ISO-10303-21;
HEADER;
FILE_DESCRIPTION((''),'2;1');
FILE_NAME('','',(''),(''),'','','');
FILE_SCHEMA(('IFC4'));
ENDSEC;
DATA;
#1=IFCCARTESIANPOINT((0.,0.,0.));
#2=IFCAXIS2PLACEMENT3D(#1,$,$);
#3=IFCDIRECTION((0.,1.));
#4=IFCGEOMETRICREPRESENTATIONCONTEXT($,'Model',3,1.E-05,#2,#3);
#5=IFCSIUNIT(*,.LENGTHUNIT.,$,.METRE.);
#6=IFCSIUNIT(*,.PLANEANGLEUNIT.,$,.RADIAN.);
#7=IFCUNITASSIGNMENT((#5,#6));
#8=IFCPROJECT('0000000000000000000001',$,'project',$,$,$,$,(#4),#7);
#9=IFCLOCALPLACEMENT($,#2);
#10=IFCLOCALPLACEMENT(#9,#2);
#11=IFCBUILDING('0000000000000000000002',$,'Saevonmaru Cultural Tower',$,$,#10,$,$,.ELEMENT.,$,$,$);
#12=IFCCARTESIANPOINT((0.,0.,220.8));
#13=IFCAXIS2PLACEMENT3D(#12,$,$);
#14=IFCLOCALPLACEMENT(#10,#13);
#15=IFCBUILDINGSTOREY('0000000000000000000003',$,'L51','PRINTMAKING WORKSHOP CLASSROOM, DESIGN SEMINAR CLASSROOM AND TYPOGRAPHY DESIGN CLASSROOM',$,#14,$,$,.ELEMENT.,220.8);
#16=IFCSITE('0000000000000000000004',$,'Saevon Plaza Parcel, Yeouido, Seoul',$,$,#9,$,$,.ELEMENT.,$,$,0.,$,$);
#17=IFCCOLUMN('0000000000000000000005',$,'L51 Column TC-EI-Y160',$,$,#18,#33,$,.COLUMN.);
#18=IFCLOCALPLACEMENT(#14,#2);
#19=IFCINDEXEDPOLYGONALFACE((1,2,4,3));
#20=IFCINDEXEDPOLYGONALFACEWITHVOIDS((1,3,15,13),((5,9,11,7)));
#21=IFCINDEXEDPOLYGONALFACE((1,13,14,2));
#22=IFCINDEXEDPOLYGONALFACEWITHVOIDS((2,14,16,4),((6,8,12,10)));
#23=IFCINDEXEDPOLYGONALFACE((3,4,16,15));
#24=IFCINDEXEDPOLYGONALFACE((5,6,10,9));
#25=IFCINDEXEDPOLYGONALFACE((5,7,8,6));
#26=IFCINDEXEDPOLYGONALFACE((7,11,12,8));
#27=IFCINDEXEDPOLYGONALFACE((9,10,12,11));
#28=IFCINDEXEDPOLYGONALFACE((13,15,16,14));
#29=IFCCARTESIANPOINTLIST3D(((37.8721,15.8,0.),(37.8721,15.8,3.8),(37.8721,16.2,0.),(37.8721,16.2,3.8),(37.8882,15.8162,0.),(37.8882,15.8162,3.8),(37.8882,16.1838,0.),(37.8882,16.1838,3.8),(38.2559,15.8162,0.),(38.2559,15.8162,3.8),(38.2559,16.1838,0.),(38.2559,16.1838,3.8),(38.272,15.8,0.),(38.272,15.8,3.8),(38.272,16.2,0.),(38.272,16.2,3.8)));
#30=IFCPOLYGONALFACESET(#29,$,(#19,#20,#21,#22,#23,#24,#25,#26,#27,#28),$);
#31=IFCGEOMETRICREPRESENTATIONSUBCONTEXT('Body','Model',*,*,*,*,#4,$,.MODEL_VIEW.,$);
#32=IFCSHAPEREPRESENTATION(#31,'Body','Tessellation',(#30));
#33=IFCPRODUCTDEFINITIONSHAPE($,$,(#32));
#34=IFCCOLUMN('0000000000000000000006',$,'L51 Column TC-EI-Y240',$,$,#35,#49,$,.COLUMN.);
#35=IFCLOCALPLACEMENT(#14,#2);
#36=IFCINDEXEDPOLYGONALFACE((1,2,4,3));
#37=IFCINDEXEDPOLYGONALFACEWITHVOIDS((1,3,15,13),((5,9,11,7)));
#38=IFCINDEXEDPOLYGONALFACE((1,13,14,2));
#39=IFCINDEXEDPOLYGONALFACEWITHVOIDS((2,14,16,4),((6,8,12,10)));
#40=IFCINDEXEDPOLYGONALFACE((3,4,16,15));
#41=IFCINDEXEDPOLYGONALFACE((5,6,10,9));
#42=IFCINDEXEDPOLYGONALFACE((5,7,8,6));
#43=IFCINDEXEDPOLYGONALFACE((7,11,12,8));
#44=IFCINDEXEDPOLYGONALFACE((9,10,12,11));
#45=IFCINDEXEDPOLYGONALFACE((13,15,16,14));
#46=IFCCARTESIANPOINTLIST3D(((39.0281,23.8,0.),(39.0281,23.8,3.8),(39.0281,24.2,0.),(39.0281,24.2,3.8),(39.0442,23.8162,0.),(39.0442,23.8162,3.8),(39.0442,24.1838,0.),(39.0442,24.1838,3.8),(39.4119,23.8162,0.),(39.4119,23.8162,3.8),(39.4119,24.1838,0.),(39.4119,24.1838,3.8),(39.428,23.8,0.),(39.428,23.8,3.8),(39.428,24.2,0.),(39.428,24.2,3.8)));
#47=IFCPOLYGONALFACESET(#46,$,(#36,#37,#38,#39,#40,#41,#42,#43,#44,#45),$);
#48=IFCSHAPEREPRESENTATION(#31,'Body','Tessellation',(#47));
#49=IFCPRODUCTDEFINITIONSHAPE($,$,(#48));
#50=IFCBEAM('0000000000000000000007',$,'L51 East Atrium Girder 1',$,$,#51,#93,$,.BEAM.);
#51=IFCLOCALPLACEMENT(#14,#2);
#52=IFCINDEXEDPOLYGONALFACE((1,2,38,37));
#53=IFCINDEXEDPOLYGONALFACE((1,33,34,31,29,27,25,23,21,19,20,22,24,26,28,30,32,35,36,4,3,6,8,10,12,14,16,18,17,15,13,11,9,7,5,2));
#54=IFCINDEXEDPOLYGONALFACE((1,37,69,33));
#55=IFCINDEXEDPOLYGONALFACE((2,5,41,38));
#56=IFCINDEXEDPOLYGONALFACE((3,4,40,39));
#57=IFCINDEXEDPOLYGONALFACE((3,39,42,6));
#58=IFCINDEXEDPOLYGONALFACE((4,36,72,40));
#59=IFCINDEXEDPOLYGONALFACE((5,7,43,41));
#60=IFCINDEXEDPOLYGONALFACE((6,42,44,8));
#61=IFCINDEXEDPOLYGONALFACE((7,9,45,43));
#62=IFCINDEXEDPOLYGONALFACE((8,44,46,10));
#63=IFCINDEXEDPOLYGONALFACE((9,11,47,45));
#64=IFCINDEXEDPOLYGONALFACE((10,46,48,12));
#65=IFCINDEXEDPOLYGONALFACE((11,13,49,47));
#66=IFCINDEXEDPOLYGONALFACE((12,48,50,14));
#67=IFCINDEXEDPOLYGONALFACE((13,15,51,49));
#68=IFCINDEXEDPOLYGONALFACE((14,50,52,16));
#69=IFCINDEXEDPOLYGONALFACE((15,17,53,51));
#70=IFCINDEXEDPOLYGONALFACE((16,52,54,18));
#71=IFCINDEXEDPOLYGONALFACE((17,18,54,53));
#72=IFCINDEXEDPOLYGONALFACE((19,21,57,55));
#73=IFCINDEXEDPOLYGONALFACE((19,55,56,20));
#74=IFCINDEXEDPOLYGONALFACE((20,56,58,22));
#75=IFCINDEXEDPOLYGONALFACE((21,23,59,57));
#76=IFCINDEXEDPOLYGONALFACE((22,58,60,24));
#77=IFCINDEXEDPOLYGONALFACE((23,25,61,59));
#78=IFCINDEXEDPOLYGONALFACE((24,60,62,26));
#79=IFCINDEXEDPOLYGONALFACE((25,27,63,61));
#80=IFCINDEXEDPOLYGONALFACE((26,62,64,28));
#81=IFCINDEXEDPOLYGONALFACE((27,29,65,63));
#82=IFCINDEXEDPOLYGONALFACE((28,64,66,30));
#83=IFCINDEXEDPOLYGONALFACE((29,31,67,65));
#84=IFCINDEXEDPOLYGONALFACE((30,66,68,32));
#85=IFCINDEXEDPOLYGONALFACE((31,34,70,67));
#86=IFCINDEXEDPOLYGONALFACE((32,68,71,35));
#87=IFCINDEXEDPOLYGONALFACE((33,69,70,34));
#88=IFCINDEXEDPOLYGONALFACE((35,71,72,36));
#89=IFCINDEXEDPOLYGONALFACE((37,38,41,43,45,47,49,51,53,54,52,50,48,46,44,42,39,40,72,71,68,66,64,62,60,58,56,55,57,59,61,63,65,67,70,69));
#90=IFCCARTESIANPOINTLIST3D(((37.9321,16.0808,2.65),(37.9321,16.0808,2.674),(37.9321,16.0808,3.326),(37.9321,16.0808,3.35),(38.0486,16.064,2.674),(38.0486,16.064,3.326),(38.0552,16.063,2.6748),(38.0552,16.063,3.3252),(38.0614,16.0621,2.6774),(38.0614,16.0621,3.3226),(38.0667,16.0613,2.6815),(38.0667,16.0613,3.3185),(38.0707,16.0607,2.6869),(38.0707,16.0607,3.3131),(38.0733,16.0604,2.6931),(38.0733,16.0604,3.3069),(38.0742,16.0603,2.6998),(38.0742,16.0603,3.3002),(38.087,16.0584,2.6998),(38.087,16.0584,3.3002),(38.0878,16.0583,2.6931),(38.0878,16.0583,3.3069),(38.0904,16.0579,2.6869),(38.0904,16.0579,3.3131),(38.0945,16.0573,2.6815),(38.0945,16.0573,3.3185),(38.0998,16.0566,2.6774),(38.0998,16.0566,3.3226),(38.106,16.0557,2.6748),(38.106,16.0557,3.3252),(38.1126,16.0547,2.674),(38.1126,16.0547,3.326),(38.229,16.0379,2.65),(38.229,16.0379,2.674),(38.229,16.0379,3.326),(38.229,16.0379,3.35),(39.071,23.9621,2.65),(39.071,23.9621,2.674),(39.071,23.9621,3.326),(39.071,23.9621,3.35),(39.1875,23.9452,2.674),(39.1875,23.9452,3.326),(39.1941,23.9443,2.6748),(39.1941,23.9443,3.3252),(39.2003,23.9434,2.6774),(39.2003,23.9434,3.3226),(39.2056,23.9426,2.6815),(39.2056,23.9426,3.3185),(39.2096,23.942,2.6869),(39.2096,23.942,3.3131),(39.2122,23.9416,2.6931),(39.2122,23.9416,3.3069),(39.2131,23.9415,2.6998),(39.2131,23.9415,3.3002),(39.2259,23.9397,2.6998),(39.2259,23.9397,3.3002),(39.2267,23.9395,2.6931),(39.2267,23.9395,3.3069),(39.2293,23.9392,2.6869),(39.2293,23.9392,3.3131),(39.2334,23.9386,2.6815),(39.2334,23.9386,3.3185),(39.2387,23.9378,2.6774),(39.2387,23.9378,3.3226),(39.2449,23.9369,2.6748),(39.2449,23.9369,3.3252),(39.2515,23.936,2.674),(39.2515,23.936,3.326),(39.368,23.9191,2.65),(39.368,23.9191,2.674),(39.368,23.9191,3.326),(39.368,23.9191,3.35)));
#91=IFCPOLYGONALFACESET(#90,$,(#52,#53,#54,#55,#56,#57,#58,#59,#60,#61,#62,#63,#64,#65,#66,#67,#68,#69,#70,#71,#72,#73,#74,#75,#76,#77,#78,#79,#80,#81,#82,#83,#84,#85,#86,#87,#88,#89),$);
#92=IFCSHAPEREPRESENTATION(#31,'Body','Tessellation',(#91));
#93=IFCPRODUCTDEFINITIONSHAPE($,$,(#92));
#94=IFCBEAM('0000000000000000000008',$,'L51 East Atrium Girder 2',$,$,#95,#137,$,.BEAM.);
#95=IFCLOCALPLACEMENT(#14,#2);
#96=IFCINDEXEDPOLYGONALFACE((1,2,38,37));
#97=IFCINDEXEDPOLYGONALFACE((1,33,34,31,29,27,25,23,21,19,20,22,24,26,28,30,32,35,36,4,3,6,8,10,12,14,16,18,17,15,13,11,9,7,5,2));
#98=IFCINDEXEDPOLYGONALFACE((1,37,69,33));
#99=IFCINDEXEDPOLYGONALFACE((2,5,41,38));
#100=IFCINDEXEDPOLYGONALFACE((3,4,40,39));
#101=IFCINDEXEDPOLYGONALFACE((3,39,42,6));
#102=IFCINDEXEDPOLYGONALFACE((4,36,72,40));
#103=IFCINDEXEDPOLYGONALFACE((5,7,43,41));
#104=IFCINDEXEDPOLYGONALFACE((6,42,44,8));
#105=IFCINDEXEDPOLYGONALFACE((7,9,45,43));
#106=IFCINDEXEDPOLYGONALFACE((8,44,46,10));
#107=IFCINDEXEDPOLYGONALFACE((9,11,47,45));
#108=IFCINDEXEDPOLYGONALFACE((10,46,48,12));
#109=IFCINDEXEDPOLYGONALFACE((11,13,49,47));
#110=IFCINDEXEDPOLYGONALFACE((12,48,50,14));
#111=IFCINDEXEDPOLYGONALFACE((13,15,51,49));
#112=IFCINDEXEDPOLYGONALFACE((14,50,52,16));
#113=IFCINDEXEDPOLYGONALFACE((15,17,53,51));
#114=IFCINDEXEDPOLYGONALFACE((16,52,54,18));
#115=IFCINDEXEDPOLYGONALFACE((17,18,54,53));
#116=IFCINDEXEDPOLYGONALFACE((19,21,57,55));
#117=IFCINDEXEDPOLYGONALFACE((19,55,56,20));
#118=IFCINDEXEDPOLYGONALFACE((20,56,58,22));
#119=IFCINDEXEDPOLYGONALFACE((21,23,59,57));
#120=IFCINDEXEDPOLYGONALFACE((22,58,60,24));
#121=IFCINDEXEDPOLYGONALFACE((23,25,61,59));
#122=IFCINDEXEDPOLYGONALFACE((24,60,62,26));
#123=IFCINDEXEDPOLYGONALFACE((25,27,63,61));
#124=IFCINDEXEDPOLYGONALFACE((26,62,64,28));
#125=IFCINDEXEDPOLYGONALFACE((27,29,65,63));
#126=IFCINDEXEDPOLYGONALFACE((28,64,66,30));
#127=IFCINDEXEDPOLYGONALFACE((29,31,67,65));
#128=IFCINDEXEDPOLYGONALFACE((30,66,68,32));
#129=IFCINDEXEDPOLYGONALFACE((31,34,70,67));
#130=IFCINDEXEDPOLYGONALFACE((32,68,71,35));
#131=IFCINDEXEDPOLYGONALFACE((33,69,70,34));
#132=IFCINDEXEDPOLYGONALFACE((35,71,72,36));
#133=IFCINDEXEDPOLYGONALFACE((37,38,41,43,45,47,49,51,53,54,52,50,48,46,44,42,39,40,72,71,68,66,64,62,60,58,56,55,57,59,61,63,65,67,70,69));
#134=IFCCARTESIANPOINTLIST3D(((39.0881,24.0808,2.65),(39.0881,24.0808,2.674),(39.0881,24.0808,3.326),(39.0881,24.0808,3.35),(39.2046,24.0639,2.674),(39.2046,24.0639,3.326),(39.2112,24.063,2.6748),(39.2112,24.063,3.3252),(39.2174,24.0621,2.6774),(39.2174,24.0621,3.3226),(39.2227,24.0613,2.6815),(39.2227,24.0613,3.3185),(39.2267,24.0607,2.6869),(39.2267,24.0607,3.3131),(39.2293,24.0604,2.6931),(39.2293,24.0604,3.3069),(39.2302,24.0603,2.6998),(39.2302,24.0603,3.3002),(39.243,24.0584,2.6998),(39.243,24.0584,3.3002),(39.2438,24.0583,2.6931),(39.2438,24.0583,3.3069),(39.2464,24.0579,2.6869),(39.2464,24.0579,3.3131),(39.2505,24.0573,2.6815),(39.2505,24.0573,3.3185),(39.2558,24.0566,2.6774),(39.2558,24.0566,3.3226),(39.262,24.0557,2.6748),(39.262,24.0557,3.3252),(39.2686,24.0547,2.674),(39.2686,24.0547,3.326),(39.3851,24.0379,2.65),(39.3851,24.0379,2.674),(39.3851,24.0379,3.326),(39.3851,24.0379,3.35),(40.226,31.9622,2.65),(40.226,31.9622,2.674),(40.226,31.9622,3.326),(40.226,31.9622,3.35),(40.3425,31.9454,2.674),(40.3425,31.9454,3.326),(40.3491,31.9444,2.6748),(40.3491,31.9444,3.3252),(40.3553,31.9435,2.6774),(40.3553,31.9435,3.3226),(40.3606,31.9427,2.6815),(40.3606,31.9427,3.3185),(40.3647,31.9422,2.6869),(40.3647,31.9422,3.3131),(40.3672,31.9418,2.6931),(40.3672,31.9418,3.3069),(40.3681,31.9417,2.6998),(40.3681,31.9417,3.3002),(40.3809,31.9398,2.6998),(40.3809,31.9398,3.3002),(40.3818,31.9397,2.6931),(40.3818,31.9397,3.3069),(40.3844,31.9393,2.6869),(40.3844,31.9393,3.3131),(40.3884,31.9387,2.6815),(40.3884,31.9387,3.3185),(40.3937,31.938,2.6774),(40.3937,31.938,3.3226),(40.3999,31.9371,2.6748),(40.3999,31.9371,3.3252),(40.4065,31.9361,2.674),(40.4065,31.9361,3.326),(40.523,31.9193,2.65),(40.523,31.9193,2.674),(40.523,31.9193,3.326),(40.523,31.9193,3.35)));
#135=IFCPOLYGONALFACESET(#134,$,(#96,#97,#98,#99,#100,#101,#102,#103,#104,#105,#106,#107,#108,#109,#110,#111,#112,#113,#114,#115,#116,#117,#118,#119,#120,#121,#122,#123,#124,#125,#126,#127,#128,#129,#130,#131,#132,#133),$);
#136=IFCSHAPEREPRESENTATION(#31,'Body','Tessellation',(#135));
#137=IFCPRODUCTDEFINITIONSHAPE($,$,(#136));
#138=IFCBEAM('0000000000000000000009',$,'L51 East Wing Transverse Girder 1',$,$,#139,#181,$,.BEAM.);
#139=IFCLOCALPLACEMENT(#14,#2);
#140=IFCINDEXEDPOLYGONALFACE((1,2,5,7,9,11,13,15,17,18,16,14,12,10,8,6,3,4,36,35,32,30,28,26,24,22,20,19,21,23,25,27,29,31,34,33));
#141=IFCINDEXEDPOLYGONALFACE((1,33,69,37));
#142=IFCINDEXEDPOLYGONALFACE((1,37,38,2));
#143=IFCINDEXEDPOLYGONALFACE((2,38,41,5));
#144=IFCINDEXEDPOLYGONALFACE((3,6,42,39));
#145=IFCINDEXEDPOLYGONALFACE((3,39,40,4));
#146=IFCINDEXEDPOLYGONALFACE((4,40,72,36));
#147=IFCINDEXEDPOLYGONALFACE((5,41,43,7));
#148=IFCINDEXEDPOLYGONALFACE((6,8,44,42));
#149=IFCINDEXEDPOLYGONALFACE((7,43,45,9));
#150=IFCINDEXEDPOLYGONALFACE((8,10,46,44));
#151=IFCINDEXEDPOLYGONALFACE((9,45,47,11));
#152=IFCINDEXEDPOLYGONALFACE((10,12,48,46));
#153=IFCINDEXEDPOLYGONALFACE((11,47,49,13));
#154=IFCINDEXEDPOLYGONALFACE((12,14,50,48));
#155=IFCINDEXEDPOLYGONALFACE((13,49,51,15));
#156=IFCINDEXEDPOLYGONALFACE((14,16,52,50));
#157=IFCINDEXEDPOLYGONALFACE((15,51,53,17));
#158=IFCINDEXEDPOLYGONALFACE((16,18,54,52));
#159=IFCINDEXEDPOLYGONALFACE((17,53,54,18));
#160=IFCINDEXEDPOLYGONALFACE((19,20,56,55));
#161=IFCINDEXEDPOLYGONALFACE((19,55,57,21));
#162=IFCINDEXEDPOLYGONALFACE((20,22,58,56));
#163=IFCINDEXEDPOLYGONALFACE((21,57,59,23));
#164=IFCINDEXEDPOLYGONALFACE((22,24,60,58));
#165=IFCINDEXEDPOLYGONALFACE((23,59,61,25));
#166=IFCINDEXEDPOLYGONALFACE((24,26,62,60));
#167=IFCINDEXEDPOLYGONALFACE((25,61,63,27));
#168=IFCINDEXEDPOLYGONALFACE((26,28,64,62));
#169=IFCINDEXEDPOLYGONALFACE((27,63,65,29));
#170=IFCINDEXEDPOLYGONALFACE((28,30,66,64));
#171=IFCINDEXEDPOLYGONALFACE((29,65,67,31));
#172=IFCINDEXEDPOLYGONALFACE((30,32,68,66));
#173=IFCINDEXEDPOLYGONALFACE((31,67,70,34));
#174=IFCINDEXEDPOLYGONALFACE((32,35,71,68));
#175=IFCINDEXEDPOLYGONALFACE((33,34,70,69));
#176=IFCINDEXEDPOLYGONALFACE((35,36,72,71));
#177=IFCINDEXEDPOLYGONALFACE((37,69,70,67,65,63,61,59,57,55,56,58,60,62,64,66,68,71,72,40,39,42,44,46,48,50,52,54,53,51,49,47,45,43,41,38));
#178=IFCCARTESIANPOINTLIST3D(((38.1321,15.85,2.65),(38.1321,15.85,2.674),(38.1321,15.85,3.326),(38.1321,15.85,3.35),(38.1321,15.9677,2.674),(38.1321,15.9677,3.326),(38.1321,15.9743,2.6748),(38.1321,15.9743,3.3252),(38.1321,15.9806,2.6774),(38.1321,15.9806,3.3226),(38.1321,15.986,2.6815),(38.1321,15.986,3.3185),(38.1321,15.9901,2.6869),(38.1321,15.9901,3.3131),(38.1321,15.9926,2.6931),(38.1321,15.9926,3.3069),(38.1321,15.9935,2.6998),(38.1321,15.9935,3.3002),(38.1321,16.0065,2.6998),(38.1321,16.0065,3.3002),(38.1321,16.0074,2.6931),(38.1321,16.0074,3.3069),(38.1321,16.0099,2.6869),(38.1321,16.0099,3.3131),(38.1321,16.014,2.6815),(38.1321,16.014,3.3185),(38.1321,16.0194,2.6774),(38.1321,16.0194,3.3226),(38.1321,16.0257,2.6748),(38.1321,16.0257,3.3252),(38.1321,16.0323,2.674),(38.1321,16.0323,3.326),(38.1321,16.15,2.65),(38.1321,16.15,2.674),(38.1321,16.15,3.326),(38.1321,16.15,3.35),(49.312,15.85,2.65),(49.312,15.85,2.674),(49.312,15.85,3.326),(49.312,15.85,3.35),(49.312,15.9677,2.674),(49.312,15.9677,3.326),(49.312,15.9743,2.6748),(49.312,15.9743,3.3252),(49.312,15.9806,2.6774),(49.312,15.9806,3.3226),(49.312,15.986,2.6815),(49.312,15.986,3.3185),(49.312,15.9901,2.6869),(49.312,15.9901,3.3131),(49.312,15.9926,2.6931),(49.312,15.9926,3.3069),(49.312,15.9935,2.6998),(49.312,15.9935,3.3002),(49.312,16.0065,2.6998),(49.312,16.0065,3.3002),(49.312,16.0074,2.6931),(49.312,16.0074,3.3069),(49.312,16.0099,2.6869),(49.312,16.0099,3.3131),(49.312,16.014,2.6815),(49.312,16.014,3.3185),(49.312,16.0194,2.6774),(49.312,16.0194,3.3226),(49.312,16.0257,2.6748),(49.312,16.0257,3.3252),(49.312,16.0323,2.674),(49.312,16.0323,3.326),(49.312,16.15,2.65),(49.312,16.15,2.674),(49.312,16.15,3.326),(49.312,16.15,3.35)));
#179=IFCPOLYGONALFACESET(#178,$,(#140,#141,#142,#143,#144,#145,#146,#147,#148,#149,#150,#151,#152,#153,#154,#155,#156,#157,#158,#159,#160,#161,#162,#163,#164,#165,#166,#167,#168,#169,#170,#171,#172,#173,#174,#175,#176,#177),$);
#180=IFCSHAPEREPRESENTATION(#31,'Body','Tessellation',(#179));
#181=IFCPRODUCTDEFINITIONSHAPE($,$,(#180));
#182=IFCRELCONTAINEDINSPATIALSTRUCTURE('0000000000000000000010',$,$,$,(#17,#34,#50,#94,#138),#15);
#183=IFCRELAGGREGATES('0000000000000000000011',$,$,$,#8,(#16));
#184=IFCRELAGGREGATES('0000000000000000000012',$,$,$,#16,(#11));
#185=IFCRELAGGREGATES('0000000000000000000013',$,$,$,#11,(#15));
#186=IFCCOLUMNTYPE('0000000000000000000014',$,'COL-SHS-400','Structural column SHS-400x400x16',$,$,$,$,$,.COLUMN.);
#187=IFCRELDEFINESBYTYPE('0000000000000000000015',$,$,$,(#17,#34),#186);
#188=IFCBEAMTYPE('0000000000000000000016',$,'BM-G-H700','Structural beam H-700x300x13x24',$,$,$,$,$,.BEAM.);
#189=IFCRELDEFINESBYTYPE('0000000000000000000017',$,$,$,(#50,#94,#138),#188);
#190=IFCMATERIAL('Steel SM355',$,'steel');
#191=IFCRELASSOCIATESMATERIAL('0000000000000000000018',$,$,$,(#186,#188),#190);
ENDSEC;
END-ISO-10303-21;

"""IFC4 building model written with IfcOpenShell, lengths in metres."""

from ifc_helpers import new_model, si_unit, direction, frame, origin, origin_2d, place, context, subcontext, project, spatial, hollow_rectangle, i_section, extrude, material, material_profile, profile_set, type_object, element, save


model = new_model("IFC4")

# Units and contexts
model_context = context("Model", 3, precision=1e-05, world=origin(), true_north=direction((0.0, 1.0)))
body_context = subcontext(model_context, "Body", "Model", "MODEL_VIEW")
ifc_project = project(units=[si_unit("LENGTHUNIT", "METRE"), si_unit("PLANEANGLEUNIT", "RADIAN")], contexts=[model_context])

# Site, building, storey
site_placement = place(None, origin())
site = spatial("IfcSite", under=ifc_project, at=site_placement, Name="Saevon Plaza Parcel, Yeouido, Seoul", CompositionType="ELEMENT", RefElevation=0.0)
building_placement = place(site_placement, origin())
building = spatial("IfcBuilding", under=site, at=building_placement, Name="Saevonmaru Cultural Tower", CompositionType="ELEMENT")
storey_placement = place(building_placement, frame((0.0, 0.0, 220.8)))
storey = spatial("IfcBuildingStorey", under=building, at=storey_placement, Name="L51", Description="PRINTMAKING WORKSHOP CLASSROOM, DESIGN SEMINAR CLASSROOM AND TYPOGRAPHY DESIGN CLASSROOM", CompositionType="ELEMENT", Elevation=220.8)

# Columns
ifc_material_1 = material(Name="Steel SM355", Category="steel")
ifc_material_profile_1 = material_profile(ifc_material_1, hollow_rectangle(XDim=0.3999, YDim=0.3999, WallThickness=0.0161, at=origin_2d()), Name="SHS-400x400x16")
ifc_profile_set_1 = profile_set([ifc_material_profile_1], Name="Steel SM355")
column_type = type_object("IfcColumnType", Name="COL-SHS-400", Description="Structural column SHS-400x400x16", PredefinedType="COLUMN", material=ifc_profile_set_1)
for number, where, z_axis, x_axis, name in (
    (1, (38.072, 16.0, 0.0), (0.0, 0.0, 1.0), (1.0, 0.0, 0.0), "L51 Column TC-EI-Y160"),
    (2, (39.228, 24.0, 0.0), (0.0, 0.0, 1.0), (1.0, 0.0, 0.0), "L51 Column TC-EI-Y240"),
):
    element("IfcColumn", number, at=place(storey_placement, frame(where, z_axis=z_axis, x_axis=x_axis)), inside=storey, type_object=column_type, Name=name, PredefinedType="COLUMN", context=body_context, shape_type="SweptSolid", body=[
        extrude(hollow_rectangle(XDim=0.3999, YDim=0.3999, WallThickness=0.0161, at=origin_2d()), origin(), (0.0, 0.0, 1.0), 3.8),
    ])

# Beams
ifc_material_profile_2 = material_profile(ifc_material_1, i_section(OverallWidth=0.3, OverallDepth=0.7, WebThickness=0.0129, FlangeThickness=0.0239, FilletRadius=0.0259, at=origin_2d()), Name="H-700x300x13x24")
ifc_profile_set_2 = profile_set([ifc_material_profile_2], Name="Steel SM355")
beam_type_1 = type_object("IfcBeamType", Name="BM-G-H700", Description="Structural beam H-700x300x13x24", PredefinedType="BEAM", material=ifc_profile_set_2)
for number, where, z_axis, x_axis, name in (
    (3, (38.0806, 16.0593, 3.0), (0.143022, 0.989719, 0.0), (-0.989719, 0.143022, 0.0), "L51 East Atrium Girder 1"),
    (4, (39.2366, 24.0593, 3.0), (0.142902, 0.989737, 0.0), (-0.989737, 0.142902, 0.0), "L51 East Atrium Girder 2"),
):
    element("IfcBeam", number, at=place(storey_placement, frame(where, z_axis=z_axis, x_axis=x_axis)), inside=storey, type_object=beam_type_1, Name=name, PredefinedType="BEAM", context=body_context, shape_type="SweptSolid", body=[
        extrude(i_section(OverallWidth=0.3, OverallDepth=0.7, WebThickness=0.0129, FlangeThickness=0.0239, FilletRadius=0.0259, at=origin_2d()), origin(), (0.0, 0.0, 1.0), 7.9631),
    ])
beam_1_placement = place(storey_placement, frame((38.1321, 16.0, 3.0), z_axis=(1.0, 0.0, 0.0), x_axis=(0.0, 1.0, 0.0)))
element("IfcBeam", 5, at=beam_1_placement, inside=storey, type_object=beam_type_1, Name="L51 East Wing Transverse Girder 1", PredefinedType="BEAM", context=body_context, shape_type="SweptSolid", body=[
    extrude(i_section(OverallWidth=0.3, OverallDepth=0.7, WebThickness=0.0129, FlangeThickness=0.0239, FilletRadius=0.0259, at=origin_2d()), origin(), (0.0, 0.0, 1.0), 11.1799),
])

save(model, "model.ifc")
